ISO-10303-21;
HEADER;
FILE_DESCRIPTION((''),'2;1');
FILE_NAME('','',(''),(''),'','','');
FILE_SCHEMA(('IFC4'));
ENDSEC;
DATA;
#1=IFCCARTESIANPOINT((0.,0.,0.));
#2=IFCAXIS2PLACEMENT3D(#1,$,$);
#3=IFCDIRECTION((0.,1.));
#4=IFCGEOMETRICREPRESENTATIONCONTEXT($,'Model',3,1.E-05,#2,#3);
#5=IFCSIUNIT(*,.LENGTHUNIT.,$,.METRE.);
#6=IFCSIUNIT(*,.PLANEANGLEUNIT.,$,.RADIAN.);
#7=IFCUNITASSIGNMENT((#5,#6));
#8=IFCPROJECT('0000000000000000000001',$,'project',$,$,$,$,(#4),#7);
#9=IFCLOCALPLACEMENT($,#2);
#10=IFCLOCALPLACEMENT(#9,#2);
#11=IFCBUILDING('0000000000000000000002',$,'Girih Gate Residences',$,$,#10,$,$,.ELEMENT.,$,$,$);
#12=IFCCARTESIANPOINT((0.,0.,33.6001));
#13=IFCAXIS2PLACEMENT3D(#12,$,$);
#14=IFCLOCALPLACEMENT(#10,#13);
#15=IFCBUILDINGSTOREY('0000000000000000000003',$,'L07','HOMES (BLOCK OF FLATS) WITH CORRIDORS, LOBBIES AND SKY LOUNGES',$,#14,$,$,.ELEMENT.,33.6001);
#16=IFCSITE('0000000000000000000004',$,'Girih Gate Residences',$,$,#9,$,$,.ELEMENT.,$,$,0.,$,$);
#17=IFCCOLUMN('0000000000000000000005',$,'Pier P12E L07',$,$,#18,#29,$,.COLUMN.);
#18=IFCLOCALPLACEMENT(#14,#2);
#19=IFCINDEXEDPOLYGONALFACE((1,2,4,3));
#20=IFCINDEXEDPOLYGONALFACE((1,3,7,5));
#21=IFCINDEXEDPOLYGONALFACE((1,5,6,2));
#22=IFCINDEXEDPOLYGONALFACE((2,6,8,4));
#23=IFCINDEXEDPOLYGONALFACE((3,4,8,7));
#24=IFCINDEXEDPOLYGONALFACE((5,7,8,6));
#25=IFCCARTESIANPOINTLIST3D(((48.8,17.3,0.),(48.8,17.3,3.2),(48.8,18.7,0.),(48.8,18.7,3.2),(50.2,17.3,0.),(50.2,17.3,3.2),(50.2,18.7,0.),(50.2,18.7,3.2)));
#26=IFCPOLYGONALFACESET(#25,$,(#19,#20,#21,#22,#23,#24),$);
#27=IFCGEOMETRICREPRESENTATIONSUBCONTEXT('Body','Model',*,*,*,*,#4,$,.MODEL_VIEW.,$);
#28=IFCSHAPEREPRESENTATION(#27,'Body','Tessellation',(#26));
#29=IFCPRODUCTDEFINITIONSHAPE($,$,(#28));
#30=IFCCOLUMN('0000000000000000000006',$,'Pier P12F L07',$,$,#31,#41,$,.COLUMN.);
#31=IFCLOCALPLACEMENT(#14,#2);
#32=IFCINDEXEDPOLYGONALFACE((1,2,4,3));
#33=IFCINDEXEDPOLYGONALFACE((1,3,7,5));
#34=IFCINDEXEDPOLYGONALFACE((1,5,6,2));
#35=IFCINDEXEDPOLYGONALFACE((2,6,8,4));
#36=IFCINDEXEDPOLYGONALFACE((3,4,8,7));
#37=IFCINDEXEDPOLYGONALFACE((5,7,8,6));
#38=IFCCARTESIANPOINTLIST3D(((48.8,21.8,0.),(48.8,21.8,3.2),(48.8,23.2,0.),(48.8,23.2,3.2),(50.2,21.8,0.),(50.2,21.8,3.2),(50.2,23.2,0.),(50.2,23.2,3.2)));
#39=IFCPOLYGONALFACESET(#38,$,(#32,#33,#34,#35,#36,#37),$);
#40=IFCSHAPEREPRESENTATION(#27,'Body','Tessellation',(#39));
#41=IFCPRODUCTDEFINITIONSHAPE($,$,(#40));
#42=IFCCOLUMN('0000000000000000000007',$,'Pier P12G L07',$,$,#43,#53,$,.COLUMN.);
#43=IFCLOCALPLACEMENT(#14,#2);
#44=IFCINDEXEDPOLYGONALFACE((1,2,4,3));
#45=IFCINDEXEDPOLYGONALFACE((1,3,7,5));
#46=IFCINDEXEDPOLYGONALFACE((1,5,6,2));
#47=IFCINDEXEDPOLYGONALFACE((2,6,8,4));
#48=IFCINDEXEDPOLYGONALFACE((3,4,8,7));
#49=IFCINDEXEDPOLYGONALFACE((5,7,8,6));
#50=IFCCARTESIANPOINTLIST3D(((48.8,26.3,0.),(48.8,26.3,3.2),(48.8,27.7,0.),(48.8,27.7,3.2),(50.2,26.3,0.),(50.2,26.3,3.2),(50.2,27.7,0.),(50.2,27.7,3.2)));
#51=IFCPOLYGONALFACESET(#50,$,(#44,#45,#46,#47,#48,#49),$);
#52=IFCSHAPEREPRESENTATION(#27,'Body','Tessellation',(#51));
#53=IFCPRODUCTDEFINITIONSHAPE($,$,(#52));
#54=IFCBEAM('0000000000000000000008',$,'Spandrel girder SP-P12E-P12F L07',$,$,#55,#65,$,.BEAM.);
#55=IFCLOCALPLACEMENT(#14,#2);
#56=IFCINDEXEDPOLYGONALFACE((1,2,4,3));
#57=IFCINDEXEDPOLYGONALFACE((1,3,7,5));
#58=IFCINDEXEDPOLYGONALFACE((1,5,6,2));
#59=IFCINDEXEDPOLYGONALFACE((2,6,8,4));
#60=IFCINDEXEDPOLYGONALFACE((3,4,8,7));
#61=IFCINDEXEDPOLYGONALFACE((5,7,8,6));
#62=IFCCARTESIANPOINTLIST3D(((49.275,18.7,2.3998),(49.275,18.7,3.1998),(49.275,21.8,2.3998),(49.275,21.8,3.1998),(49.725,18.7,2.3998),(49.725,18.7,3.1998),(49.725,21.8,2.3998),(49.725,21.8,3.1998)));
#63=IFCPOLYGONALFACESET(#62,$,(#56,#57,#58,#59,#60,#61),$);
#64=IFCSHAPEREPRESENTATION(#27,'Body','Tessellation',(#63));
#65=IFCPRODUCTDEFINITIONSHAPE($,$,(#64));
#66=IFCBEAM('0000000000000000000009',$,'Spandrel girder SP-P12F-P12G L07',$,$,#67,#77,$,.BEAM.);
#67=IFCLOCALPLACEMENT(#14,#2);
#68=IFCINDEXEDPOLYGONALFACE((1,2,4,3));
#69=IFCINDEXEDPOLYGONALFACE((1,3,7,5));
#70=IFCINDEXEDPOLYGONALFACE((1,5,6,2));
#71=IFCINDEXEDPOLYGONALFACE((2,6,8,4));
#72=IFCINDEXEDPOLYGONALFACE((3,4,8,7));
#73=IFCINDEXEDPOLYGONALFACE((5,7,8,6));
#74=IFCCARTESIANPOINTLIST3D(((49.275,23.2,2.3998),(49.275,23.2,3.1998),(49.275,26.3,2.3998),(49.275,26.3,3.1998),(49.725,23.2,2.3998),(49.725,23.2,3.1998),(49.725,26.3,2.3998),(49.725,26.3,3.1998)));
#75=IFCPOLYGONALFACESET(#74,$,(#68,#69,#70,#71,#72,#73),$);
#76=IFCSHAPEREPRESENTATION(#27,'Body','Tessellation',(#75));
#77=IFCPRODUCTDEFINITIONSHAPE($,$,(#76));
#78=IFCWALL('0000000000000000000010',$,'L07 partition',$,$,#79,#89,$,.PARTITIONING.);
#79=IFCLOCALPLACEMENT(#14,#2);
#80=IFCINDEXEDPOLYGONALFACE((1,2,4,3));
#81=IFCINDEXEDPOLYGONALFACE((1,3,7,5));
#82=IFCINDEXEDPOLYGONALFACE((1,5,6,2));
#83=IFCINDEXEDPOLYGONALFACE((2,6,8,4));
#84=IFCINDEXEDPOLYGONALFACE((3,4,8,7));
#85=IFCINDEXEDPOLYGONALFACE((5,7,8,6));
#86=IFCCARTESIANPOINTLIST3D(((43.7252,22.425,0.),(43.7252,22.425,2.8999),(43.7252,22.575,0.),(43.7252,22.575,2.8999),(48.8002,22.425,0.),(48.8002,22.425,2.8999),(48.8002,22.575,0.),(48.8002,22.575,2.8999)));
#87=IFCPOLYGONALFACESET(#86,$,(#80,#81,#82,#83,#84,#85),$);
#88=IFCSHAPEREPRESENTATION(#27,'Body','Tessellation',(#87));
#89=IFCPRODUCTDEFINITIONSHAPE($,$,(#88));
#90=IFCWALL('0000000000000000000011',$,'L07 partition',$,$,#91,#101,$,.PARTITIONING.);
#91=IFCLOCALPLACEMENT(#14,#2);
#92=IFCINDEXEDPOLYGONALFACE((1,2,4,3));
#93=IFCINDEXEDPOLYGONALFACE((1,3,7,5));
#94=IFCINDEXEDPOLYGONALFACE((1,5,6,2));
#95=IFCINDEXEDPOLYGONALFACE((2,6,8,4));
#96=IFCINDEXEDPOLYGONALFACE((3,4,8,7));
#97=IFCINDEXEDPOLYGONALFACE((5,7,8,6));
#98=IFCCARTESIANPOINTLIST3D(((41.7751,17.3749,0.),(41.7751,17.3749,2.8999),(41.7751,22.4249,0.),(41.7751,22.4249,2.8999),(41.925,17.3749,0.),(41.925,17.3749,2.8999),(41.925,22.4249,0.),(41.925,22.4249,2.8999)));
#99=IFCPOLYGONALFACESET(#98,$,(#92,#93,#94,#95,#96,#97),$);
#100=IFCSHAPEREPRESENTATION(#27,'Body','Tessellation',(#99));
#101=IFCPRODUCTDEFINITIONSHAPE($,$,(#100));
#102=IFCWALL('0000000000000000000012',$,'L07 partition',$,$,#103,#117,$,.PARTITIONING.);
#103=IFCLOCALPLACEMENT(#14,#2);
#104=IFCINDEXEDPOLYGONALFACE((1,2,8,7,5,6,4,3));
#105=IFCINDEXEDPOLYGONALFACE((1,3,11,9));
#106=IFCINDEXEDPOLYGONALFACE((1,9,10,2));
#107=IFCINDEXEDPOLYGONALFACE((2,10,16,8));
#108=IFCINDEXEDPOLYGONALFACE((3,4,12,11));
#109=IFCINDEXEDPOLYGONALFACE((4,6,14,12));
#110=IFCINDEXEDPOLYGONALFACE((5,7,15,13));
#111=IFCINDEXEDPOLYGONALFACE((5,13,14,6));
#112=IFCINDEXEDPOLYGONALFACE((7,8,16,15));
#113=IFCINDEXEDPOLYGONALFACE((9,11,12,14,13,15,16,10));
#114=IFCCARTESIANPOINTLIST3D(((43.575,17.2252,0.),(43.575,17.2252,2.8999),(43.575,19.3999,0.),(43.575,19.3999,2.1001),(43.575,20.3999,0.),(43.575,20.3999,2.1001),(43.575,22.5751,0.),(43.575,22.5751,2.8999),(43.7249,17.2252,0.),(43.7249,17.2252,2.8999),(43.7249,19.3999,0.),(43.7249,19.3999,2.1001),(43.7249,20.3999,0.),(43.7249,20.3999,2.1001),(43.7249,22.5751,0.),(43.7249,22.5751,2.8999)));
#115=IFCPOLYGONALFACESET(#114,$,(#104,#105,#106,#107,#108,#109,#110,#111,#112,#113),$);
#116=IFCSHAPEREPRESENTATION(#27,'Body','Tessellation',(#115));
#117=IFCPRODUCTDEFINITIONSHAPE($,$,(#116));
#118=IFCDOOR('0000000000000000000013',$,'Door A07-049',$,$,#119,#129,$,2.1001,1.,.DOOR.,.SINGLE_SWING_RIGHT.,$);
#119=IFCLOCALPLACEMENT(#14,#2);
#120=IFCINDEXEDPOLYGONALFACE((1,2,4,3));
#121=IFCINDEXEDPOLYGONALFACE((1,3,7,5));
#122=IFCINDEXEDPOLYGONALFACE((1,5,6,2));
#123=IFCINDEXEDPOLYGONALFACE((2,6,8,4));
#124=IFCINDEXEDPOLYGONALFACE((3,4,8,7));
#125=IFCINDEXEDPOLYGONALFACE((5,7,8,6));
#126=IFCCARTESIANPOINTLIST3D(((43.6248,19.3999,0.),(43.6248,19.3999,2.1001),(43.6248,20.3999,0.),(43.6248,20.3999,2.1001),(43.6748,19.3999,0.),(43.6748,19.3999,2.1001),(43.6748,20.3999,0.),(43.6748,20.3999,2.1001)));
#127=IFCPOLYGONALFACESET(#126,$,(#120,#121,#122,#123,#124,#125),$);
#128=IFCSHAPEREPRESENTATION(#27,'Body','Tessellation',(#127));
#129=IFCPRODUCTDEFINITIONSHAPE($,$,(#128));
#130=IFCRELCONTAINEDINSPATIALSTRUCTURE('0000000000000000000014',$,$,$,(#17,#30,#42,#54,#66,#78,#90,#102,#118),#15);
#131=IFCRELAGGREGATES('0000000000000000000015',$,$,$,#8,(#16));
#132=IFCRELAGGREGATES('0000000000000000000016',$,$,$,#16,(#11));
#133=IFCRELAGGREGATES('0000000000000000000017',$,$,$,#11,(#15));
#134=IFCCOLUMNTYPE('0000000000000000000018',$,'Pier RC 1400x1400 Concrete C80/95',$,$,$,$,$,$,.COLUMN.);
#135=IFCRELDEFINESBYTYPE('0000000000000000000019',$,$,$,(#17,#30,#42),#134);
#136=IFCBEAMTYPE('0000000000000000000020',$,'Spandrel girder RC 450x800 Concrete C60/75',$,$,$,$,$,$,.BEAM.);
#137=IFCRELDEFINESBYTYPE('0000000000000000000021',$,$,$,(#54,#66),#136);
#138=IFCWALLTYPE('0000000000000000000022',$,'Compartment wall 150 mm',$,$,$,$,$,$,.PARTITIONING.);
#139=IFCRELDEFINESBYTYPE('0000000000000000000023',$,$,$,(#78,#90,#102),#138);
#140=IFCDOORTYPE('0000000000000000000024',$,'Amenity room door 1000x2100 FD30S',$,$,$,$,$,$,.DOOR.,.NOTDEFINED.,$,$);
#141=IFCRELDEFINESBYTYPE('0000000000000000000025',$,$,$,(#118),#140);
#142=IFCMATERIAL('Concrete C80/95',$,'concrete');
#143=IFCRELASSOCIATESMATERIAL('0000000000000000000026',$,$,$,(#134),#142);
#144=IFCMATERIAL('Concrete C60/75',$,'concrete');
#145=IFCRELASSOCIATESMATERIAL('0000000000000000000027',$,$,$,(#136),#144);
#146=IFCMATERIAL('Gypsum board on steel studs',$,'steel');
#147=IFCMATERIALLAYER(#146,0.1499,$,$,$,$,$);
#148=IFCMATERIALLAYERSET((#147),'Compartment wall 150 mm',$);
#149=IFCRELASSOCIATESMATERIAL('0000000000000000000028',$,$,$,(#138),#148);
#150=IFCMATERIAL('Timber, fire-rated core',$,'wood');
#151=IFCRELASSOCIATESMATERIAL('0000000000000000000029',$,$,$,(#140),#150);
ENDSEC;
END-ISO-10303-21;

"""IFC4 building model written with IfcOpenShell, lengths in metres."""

from ifc_helpers import new_model, si_unit, direction, frame, frame_2d, origin, origin_2d, place, context, subcontext, project, spatial, rectangle, extrude, material, layer, layer_set, material_profile, profile_set, type_object, element, fill, save


model = new_model("IFC4")

# Units and contexts
model_context = context("Model", 3, precision=1e-05, world=origin(), true_north=direction((0.0, 1.0)))
body_context = subcontext(model_context, "Body", "Model", "MODEL_VIEW")
ifc_project = project(units=[si_unit("LENGTHUNIT", "METRE"), si_unit("PLANEANGLEUNIT", "RADIAN")], contexts=[model_context])

# Site, building, storey
site_placement = place(None, origin())
site = spatial("IfcSite", under=ifc_project, at=site_placement, Name="Girih Gate Residences", CompositionType="ELEMENT", RefElevation=0.0)
building_placement = place(site_placement, origin())
building = spatial("IfcBuilding", under=site, at=building_placement, Name="Girih Gate Residences", CompositionType="ELEMENT")
storey_placement = place(building_placement, frame((0.0, 0.0, 33.6001)))
storey = spatial("IfcBuildingStorey", under=building, at=storey_placement, Name="L07", Description="HOMES (BLOCK OF FLATS) WITH CORRIDORS, LOBBIES AND SKY LOUNGES", CompositionType="ELEMENT", Elevation=33.6001)

# Columns
ifc_material_1 = material(Name="Concrete C80/95", Category="concrete")
ifc_material_profile_1 = material_profile(ifc_material_1, rectangle(XDim=1.3999, YDim=1.3999, at=origin_2d()))
ifc_profile_set_1 = profile_set([ifc_material_profile_1], Name="Concrete C80/95")
column_type = type_object("IfcColumnType", Name="Pier RC 1400x1400 Concrete C80/95", PredefinedType="COLUMN", material=ifc_profile_set_1)
for number, where, z_axis, x_axis, name in (
    (1, (49.5, 18.0, 0.0), (0.0, 0.0, 1.0), (1.0, 0.0, 0.0), "Pier P12E L07"),
    (2, (49.5, 22.5, 0.0), (0.0, 0.0, 1.0), (1.0, 0.0, 0.0), "Pier P12F L07"),
    (3, (49.5, 27.0, 0.0), (0.0, 0.0, 1.0), (1.0, 0.0, 0.0), "Pier P12G L07"),
):
    element("IfcColumn", number, at=place(storey_placement, frame(where, z_axis=z_axis, x_axis=x_axis)), inside=storey, type_object=column_type, Name=name, PredefinedType="COLUMN", context=body_context, shape_type="SweptSolid", body=[
        extrude(rectangle(XDim=1.3999, YDim=1.3999, at=origin_2d()), origin(), (0.0, 0.0, 1.0), 3.2),
    ])

# Beams
ifc_material_2 = material(Name="Concrete C60/75", Category="concrete")
ifc_material_profile_2 = material_profile(ifc_material_2, rectangle(XDim=0.45, YDim=0.8, at=origin_2d()))
ifc_profile_set_2 = profile_set([ifc_material_profile_2], Name="Concrete C60/75")
beam_type = type_object("IfcBeamType", Name="Spandrel girder RC 450x800 Concrete C60/75", PredefinedType="BEAM", material=ifc_profile_set_2)
for number, where, z_axis, x_axis, name in (
    (4, (49.5, 18.7, 2.7998), (0.0, 1.0, 0.0), (-1.0, 0.0, 0.0), "Spandrel girder SP-P12E-P12F L07"),
    (5, (49.5, 23.2, 2.7998), (0.0, 1.0, 0.0), (-1.0, 0.0, 0.0), "Spandrel girder SP-P12F-P12G L07"),
):
    element("IfcBeam", number, at=place(storey_placement, frame(where, z_axis=z_axis, x_axis=x_axis)), inside=storey, type_object=beam_type, Name=name, PredefinedType="BEAM", context=body_context, shape_type="SweptSolid", body=[
        extrude(rectangle(XDim=0.45, YDim=0.8, at=origin_2d()), origin(), (0.0, 0.0, 1.0), 3.1001),
    ])

# Walls
ifc_material_3 = material(Name="Gypsum board on steel studs", Category="steel")
ifc_layer_1 = layer(ifc_material_3, 0.1499)
ifc_layer_set_1 = layer_set([ifc_layer_1], Name="Compartment wall 150 mm")
wall_type_1 = type_object("IfcWallType", Name="Compartment wall 150 mm", PredefinedType="PARTITIONING", material=ifc_layer_set_1)
wall_1_placement = place(storey_placement, frame((43.7251, 22.5, 0.0), z_axis=(0.0, 0.0, 1.0), x_axis=(1.0, 0.0, 0.0)))
element("IfcWall", 6, at=wall_1_placement, inside=storey, type_object=wall_type_1, Name="L07 partition", PredefinedType="PARTITIONING", context=body_context, shape_type="SweptSolid", body=[
    extrude(rectangle(XDim=5.075, YDim=0.1499, at=frame_2d((2.5376, 0.0))), origin(), (0.0, 0.0, 1.0), 2.8999),
])
wall_2_placement = place(storey_placement, frame((41.8501, 17.375, 0.0), z_axis=(0.0, 0.0, 1.0), x_axis=(0.0, 1.0, 0.0)))
element("IfcWall", 7, at=wall_2_placement, inside=storey, type_object=wall_type_1, Name="L07 partition", PredefinedType="PARTITIONING", context=body_context, shape_type="SweptSolid", body=[
    extrude(rectangle(XDim=5.05, YDim=0.1499, at=frame_2d((2.5249, 0.0))), origin(), (0.0, 0.0, 1.0), 2.8999),
])

# Wall, opening, door
wall_3_placement = place(storey_placement, frame((43.6499, 22.575, 0.0), z_axis=(0.0, 0.0, 1.0), x_axis=(0.0, -1.0, 0.0)))
wall_3 = element("IfcWall", 8, at=wall_3_placement, inside=storey, type_object=wall_type_1, Name="L07 partition", PredefinedType="PARTITIONING", context=body_context, shape_type="SweptSolid", body=[
    extrude(rectangle(XDim=5.3499, YDim=0.1499, at=frame_2d((2.6748, 0.0))), origin(), (0.0, 0.0, 1.0), 2.8999),
])
opening_1_placement = place(wall_3_placement, frame((2.175, 0.0, 0.0)))
opening_1 = element("IfcOpeningElement", 9, at=opening_1_placement, cuts=wall_3, PredefinedType="OPENING", context=body_context, shape_type="SweptSolid", body=[
    extrude(rectangle(XDim=1.0, YDim=2.1001, at=frame_2d((0.5, 1.05))), frame((0.0, 0.085, 0.0), z_axis=(0.0, -1.0, 0.0), x_axis=(1.0, 0.0, 0.0)), (0.0, 0.0, 1.0), 0.1699),
])
ifc_material_4 = material(Name="Timber, fire-rated core", Category="wood")
door_type_1 = type_object("IfcDoorType", Name="Amenity room door 1000x2100 FD30S", OperationType="NOTDEFINED", PredefinedType="DOOR", material=ifc_material_4)
door_1_placement = place(opening_1_placement, origin())
door_1 = element("IfcDoor", 10, at=door_1_placement, inside=storey, type_object=door_type_1, Name="Door A07-049", OperationType="SINGLE_SWING_RIGHT", OverallHeight=2.1001, OverallWidth=1.0, PredefinedType="DOOR", context=body_context, shape_type="SweptSolid", body=[
    extrude(rectangle(XDim=1.0, YDim=2.1001, at=frame_2d((0.5, 1.05))), frame((0.0, 0.0249, 0.0), z_axis=(0.0, -1.0, 0.0), x_axis=(1.0, 0.0, 0.0)), (0.0, 0.0, 1.0), 0.05),
])
fill(opening_1, door_1)

save(model, "model.ifc")
